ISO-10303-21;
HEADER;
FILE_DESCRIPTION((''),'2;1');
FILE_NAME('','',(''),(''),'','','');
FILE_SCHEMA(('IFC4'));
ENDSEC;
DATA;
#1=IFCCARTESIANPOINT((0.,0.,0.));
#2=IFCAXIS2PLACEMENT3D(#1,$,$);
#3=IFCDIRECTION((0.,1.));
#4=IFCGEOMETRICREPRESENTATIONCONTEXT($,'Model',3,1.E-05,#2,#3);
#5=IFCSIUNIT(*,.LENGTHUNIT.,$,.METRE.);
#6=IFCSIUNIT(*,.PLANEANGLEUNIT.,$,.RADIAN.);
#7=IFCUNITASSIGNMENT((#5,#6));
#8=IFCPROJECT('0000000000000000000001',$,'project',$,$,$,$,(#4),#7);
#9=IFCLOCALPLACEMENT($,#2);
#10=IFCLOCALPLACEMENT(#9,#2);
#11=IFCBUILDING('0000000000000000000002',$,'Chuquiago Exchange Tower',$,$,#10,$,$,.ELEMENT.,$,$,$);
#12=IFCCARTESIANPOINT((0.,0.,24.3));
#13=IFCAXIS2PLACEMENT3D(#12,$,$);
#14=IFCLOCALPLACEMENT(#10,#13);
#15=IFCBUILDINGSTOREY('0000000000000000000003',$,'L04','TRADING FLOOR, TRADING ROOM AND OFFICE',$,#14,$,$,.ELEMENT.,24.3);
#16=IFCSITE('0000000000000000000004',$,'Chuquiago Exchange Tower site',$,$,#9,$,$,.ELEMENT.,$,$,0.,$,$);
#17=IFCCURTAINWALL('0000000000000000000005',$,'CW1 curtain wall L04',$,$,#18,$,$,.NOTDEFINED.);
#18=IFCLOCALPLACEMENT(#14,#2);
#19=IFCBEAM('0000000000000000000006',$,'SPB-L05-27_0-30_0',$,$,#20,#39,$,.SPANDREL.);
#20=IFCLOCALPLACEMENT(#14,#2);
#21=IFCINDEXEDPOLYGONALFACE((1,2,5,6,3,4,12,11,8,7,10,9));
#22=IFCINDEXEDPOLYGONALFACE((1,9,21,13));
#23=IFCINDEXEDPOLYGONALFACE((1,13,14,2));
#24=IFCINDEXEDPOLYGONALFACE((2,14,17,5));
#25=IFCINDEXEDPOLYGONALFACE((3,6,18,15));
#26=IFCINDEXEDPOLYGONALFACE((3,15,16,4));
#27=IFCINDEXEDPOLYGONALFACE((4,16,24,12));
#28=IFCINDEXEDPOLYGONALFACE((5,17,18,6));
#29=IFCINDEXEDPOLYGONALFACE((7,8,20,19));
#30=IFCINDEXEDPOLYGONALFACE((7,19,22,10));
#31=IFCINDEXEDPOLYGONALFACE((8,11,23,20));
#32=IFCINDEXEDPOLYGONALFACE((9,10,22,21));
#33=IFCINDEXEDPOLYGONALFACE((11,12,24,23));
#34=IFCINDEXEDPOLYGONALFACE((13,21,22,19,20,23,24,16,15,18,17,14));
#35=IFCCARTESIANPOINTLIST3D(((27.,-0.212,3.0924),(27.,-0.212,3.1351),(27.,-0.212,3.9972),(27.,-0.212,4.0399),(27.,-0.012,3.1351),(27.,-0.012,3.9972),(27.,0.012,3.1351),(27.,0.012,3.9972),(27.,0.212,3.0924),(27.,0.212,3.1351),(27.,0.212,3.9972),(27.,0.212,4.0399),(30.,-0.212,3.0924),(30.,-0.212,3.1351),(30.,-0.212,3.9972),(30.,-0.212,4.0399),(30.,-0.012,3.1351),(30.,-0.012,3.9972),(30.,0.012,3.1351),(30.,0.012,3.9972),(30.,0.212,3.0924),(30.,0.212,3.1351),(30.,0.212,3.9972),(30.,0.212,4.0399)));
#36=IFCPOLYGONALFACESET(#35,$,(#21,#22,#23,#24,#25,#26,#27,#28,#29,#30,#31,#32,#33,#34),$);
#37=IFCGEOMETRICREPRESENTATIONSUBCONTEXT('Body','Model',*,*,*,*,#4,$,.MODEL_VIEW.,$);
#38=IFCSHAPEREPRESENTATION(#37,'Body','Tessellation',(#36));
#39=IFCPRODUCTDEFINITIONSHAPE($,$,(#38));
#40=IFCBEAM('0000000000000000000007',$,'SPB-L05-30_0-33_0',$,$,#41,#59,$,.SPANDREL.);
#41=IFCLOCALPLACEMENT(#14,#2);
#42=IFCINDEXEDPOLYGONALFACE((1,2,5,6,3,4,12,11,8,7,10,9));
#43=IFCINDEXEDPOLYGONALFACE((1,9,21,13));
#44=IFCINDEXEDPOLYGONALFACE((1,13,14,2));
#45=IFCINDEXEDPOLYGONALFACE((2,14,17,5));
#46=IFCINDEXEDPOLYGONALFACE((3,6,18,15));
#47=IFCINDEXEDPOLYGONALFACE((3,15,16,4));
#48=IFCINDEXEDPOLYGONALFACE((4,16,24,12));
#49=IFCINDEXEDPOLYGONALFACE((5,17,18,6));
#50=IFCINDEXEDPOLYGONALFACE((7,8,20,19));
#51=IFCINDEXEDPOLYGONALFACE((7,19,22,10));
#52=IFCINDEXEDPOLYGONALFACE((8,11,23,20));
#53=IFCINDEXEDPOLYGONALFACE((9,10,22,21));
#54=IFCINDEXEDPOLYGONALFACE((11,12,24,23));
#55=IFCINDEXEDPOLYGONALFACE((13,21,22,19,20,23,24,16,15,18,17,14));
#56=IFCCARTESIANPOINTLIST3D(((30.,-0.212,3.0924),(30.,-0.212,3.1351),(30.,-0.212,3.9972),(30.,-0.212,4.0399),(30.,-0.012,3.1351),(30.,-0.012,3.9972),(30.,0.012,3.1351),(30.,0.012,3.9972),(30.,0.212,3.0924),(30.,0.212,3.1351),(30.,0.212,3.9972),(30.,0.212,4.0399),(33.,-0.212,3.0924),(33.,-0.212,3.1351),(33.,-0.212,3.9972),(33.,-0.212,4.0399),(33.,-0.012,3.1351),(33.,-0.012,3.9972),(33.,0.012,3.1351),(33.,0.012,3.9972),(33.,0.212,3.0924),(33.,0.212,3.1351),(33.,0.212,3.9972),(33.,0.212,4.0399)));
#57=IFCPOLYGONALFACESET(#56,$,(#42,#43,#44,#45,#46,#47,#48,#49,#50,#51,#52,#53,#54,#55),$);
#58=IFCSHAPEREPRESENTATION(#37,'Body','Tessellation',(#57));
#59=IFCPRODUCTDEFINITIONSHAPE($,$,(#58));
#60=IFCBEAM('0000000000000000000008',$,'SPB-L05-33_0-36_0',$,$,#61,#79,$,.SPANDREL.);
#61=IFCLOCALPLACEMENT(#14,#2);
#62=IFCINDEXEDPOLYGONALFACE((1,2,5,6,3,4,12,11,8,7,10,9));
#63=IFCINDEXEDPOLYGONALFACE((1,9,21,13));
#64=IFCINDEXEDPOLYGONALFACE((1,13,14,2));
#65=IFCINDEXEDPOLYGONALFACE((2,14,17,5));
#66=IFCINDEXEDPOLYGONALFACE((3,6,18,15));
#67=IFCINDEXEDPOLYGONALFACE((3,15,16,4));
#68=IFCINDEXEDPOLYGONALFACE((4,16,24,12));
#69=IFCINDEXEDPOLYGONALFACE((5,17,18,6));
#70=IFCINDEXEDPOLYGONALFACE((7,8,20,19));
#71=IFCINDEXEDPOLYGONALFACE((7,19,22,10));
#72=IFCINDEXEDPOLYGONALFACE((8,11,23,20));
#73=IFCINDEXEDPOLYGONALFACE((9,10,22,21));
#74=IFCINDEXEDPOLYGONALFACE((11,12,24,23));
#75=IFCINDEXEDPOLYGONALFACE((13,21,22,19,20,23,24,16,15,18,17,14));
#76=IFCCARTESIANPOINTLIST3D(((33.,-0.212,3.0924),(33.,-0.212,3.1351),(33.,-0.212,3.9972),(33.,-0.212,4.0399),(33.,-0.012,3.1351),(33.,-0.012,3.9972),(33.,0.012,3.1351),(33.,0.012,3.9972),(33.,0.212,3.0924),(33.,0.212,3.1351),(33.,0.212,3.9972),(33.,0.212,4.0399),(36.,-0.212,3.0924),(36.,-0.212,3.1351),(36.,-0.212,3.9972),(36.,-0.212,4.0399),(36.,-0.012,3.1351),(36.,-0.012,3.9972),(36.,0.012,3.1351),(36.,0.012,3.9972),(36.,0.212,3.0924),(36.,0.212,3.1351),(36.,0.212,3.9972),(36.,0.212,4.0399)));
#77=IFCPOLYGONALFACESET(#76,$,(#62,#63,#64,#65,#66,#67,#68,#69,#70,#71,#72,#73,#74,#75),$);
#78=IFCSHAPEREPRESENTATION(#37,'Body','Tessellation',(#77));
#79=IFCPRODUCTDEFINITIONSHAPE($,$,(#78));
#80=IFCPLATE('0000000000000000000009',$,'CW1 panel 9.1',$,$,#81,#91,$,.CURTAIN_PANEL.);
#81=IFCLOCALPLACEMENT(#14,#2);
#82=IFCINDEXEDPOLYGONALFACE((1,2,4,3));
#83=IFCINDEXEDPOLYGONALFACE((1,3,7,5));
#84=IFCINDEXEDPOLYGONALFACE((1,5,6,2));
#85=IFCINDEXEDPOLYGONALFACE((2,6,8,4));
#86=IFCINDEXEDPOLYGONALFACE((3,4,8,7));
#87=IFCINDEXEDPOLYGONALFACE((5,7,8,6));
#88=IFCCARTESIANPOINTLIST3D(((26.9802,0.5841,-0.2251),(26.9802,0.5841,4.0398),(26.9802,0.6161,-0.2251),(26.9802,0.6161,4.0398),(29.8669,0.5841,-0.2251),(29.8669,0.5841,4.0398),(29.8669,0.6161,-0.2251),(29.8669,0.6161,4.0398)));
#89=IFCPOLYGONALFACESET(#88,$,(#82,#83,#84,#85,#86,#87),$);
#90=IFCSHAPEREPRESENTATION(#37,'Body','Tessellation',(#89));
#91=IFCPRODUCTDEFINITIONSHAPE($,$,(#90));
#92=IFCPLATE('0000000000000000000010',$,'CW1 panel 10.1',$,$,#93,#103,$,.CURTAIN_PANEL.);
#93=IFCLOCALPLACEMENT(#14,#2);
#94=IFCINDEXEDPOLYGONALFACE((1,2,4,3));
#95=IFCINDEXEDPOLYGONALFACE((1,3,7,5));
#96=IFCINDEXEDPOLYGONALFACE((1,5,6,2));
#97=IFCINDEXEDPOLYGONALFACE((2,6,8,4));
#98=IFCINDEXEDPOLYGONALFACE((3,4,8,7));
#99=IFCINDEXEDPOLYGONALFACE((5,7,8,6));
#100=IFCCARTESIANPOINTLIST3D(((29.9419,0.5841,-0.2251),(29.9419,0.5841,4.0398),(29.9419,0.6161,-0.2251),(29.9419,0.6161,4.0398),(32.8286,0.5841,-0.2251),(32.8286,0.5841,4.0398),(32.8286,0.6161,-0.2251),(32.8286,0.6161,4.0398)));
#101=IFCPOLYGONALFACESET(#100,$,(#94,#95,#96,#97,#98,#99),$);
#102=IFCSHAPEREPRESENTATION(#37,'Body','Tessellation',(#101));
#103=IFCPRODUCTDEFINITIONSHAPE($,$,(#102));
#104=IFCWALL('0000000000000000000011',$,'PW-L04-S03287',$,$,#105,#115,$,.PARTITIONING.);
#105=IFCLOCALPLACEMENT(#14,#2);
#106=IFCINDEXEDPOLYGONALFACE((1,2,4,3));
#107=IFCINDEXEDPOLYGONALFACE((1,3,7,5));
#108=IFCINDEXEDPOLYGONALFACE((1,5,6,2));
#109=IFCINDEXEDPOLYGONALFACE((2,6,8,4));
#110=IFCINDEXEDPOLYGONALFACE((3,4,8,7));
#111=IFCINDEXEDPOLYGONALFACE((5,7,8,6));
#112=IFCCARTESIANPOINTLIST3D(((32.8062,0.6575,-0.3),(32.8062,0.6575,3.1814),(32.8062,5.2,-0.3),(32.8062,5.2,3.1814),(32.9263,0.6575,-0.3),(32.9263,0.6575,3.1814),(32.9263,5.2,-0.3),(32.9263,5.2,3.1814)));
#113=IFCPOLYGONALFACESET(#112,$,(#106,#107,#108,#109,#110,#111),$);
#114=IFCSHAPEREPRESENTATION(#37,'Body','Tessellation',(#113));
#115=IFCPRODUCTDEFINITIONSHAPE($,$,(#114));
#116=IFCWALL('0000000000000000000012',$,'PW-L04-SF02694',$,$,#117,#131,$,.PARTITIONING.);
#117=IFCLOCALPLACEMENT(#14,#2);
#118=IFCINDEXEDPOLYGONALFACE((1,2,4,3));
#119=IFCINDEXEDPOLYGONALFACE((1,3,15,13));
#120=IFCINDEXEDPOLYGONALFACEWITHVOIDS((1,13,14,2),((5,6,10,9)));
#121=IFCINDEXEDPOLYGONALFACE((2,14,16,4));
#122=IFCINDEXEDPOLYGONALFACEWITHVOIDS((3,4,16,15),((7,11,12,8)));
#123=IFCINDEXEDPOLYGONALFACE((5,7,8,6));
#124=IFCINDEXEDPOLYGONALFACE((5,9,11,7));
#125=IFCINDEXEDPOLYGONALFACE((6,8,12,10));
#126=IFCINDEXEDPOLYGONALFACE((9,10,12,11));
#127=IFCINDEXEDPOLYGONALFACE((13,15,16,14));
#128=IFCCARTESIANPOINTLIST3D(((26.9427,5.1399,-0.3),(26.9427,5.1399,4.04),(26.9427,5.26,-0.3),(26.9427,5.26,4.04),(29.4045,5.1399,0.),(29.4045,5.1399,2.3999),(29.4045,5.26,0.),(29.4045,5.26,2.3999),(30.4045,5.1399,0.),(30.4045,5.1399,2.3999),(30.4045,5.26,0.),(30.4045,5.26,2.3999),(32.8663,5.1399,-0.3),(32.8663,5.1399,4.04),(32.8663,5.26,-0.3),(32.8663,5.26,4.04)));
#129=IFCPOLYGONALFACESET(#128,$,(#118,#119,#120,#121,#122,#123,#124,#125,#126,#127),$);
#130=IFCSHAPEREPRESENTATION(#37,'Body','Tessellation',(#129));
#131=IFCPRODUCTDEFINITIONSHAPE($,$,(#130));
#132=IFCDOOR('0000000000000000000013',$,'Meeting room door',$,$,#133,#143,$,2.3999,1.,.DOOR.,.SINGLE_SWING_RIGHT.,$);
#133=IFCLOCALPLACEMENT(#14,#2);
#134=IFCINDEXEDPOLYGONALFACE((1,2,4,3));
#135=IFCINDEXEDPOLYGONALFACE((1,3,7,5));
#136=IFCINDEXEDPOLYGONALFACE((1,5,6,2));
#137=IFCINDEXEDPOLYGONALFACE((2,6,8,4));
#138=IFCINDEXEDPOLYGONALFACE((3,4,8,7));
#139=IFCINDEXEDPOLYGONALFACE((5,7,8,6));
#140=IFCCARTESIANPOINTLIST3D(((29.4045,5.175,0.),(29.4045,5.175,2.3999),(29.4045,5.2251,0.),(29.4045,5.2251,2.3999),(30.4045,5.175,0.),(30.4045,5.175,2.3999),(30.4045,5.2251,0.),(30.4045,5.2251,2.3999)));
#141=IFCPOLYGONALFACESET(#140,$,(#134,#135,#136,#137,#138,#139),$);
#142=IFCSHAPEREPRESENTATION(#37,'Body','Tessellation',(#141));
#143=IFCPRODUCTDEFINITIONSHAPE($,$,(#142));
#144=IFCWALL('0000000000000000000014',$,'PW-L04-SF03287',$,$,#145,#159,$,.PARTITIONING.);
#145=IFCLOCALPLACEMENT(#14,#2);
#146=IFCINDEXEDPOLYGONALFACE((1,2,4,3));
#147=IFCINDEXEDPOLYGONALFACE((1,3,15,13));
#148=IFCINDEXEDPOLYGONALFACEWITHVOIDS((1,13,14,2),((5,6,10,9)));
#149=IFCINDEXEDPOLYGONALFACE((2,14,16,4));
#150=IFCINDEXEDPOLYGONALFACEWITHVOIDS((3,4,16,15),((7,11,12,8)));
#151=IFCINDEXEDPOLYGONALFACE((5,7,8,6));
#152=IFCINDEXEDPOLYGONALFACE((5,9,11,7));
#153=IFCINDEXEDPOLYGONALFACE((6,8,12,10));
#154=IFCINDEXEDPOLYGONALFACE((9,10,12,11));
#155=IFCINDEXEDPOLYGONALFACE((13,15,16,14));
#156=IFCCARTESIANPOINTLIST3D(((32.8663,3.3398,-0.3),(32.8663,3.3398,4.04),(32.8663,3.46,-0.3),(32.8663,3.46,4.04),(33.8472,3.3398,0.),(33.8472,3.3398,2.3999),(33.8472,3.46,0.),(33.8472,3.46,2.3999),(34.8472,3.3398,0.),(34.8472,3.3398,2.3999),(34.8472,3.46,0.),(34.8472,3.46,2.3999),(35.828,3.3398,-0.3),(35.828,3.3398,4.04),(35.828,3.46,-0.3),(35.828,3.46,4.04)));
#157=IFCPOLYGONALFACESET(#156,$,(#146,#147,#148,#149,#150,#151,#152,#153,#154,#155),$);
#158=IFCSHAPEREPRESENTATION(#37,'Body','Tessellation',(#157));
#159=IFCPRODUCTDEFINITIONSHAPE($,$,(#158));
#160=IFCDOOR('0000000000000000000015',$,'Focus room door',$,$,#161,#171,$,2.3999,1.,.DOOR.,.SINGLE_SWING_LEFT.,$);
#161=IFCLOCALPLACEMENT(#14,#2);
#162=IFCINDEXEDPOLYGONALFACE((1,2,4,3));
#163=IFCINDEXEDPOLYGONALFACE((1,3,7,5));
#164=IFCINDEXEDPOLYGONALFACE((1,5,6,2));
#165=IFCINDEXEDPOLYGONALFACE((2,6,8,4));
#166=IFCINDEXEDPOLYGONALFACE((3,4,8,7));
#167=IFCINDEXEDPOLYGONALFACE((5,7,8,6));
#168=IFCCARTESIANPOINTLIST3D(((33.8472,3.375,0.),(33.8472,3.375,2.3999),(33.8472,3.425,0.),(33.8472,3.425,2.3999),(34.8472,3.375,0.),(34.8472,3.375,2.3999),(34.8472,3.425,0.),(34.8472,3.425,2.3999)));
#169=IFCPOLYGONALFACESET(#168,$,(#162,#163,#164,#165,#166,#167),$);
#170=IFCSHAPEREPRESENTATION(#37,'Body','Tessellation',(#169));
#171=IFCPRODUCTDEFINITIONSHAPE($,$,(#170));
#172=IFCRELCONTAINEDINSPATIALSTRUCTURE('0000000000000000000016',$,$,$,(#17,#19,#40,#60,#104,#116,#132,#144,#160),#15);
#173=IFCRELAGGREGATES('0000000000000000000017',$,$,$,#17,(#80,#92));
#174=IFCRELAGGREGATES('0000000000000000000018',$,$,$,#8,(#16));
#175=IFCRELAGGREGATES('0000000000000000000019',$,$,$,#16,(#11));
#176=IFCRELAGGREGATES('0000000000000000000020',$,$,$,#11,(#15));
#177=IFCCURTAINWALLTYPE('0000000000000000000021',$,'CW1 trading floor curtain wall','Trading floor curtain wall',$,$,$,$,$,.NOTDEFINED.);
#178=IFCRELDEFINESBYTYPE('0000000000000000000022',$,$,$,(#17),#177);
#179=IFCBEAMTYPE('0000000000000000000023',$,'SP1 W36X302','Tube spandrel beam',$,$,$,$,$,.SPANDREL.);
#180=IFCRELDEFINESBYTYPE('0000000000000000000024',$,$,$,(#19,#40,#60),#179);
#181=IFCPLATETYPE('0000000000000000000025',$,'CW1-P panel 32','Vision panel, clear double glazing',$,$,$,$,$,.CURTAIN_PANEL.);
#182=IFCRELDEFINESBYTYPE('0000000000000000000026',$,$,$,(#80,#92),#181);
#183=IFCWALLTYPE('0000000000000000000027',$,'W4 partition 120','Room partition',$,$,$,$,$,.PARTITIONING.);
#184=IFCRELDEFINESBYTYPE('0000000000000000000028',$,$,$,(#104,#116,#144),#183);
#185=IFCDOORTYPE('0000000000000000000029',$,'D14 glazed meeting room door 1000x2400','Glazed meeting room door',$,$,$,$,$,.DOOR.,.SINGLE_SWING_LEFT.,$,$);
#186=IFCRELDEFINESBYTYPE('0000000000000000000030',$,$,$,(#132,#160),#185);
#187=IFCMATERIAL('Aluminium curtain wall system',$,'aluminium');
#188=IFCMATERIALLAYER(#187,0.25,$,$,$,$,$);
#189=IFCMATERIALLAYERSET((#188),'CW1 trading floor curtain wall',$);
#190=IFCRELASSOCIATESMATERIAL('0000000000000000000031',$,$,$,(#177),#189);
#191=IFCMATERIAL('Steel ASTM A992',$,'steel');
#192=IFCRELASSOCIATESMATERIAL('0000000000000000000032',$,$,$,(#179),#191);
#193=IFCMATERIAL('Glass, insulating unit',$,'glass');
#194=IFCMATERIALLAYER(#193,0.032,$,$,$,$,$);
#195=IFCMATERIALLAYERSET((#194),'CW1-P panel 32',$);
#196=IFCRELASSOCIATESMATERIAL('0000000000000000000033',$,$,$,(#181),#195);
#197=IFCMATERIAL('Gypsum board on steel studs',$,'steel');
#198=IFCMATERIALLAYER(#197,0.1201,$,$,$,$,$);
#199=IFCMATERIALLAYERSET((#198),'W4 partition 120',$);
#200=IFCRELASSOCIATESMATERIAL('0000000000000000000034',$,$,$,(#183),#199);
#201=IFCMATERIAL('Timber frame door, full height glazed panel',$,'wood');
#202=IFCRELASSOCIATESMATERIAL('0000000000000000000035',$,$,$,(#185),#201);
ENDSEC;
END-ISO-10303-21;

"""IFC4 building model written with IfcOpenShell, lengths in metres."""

from ifc_helpers import new_model, si_unit, direction, frame, frame_2d, origin, origin_2d, place, context, subcontext, project, spatial, rectangle, i_section, extrude, material, layer, layer_set, material_profile, profile_set, type_object, element, fill, aggregate, save


model = new_model("IFC4")

# Units and contexts
model_context = context("Model", 3, precision=1e-05, world=origin(), true_north=direction((0.0, 1.0)))
body_context = subcontext(model_context, "Body", "Model", "MODEL_VIEW")
ifc_project = project(units=[si_unit("LENGTHUNIT", "METRE"), si_unit("PLANEANGLEUNIT", "RADIAN")], contexts=[model_context])

# Site, building, storey
site_placement = place(None, origin())
site = spatial("IfcSite", under=ifc_project, at=site_placement, Name="Chuquiago Exchange Tower site", CompositionType="ELEMENT", RefElevation=0.0)
building_placement = place(site_placement, origin())
building = spatial("IfcBuilding", under=site, at=building_placement, Name="Chuquiago Exchange Tower", CompositionType="ELEMENT")
storey_placement = place(building_placement, frame((0.0, 0.0, 24.3)))
storey = spatial("IfcBuildingStorey", under=building, at=storey_placement, Name="L04", Description="TRADING FLOOR, TRADING ROOM AND OFFICE", CompositionType="ELEMENT", Elevation=24.3)

# Curtain wall
ifc_material_1 = material(Name="Aluminium curtain wall system", Category="aluminium")
ifc_layer_1 = layer(ifc_material_1, 0.25)
ifc_layer_set_1 = layer_set([ifc_layer_1], Name="CW1 trading floor curtain wall")
curtain_wall_type = type_object("IfcCurtainWallType", Name="CW1 trading floor curtain wall", Description="Trading floor curtain wall", PredefinedType="NOTDEFINED", material=ifc_layer_set_1)
curtain_wall_placement = place(storey_placement, origin())
curtain_wall = element("IfcCurtainWall", 1, at=curtain_wall_placement, inside=storey, type_object=curtain_wall_type, Name="CW1 curtain wall L04", PredefinedType="NOTDEFINED")

# Beams
ifc_material_2 = material(Name="Steel ASTM A992", Category="steel")
ifc_material_profile_1 = material_profile(ifc_material_2, i_section(OverallWidth=0.4241, OverallDepth=0.9475, WebThickness=0.0239, FlangeThickness=0.0427, at=origin_2d()), Name="W36X302")
ifc_profile_set_1 = profile_set([ifc_material_profile_1], Name="Steel ASTM A992")
beam_type_1 = type_object("IfcBeamType", Name="SP1 W36X302", Description="Tube spandrel beam", PredefinedType="SPANDREL", material=ifc_profile_set_1)
for number, where, z_axis, x_axis, name in (
    (2, (27.0, 0.0, 3.5662), (1.0, 0.0, 0.0), (0.0, 1.0, 0.0), "SPB-L05-27_0-30_0"),
    (3, (30.0, 0.0, 3.5662), (1.0, 0.0, 0.0), (0.0, 1.0, 0.0), "SPB-L05-30_0-33_0"),
    (4, (33.0, 0.0, 3.5662), (1.0, 0.0, 0.0), (0.0, 1.0, 0.0), "SPB-L05-33_0-36_0"),
):
    element("IfcBeam", number, at=place(storey_placement, frame(where, z_axis=z_axis, x_axis=x_axis)), inside=storey, type_object=beam_type_1, Name=name, PredefinedType="SPANDREL", context=body_context, shape_type="SweptSolid", body=[
        extrude(i_section(OverallWidth=0.4241, OverallDepth=0.9475, WebThickness=0.0239, FlangeThickness=0.0427, at=origin_2d()), origin(), (0.0, 0.0, 1.0), 3.0),
    ])

# Plates
ifc_material_3 = material(Name="Glass, insulating unit", Category="glass")
ifc_layer_2 = layer(ifc_material_3, 0.032)
ifc_layer_set_2 = layer_set([ifc_layer_2], Name="CW1-P panel 32")
plate_type = type_object("IfcPlateType", Name="CW1-P panel 32", Description="Vision panel, clear double glazing", PredefinedType="CURTAIN_PANEL", material=ifc_layer_set_2)
plate_1_placement = place(storey_placement, frame((28.4236, 0.6001, -0.2251), z_axis=(0.0, 0.0, 1.0), x_axis=(1.0, 0.0, 0.0)))
plate_1 = element("IfcPlate", 5, at=plate_1_placement, type_object=plate_type, Name="CW1 panel 9.1", PredefinedType="CURTAIN_PANEL", context=body_context, shape_type="SweptSolid", body=[
    extrude(rectangle(XDim=2.8867, YDim=0.032, at=origin_2d()), origin(), (0.0, 0.0, 1.0), 4.2649),
])
plate_2_placement = place(storey_placement, frame((31.3853, 0.6001, -0.2251), z_axis=(0.0, 0.0, 1.0), x_axis=(1.0, 0.0, 0.0)))
plate_2 = element("IfcPlate", 6, at=plate_2_placement, type_object=plate_type, Name="CW1 panel 10.1", PredefinedType="CURTAIN_PANEL", context=body_context, shape_type="SweptSolid", body=[
    extrude(rectangle(XDim=2.8867, YDim=0.032, at=origin_2d()), origin(), (0.0, 0.0, 1.0), 4.2649),
])
aggregate(curtain_wall, [plate_1, plate_2])

# Wall
ifc_material_4 = material(Name="Gypsum board on steel studs", Category="steel")
ifc_layer_3 = layer(ifc_material_4, 0.1201)
ifc_layer_set_3 = layer_set([ifc_layer_3], Name="W4 partition 120")
wall_type = type_object("IfcWallType", Name="W4 partition 120", Description="Room partition", PredefinedType="PARTITIONING", material=ifc_layer_set_3)
wall_1_placement = place(storey_placement, frame((32.8662, 0.6575, -0.3), z_axis=(0.0, 0.0, 1.0), x_axis=(0.0, 1.0, 0.0)))
element("IfcWall", 7, at=wall_1_placement, inside=storey, type_object=wall_type, Name="PW-L04-S03287", PredefinedType="PARTITIONING", context=body_context, shape_type="SweptSolid", body=[
    extrude(rectangle(XDim=4.5425, YDim=0.1201, at=frame_2d((2.2712, 0.0))), origin(), (0.0, 0.0, 1.0), 3.4814),
])

# Walls, openings, doors
wall_2_placement = place(storey_placement, frame((26.9426, 5.2, -0.3), z_axis=(0.0, 0.0, 1.0), x_axis=(1.0, 0.0, 0.0)))
wall_2 = element("IfcWall", 8, at=wall_2_placement, inside=storey, type_object=wall_type, Name="PW-L04-SF02694", PredefinedType="PARTITIONING", context=body_context, shape_type="SweptSolid", body=[
    extrude(rectangle(XDim=5.9236, YDim=0.1201, at=frame_2d((2.9619, 0.0))), origin(), (0.0, 0.0, 1.0), 4.3401),
])
opening_1_placement = place(wall_2_placement, frame((2.4619, 0.0, 0.3)))
opening_1 = element("IfcOpeningElement", 9, at=opening_1_placement, cuts=wall_2, PredefinedType="OPENING", context=body_context, shape_type="SweptSolid", body=[
    extrude(rectangle(XDim=1.0, YDim=2.3999, at=frame_2d((0.5, 1.2))), frame((0.0, 0.0701, 0.0), z_axis=(0.0, -1.0, 0.0), x_axis=(1.0, 0.0, 0.0)), (0.0, 0.0, 1.0), 0.1401),
])
ifc_material_5 = material(Name="Timber frame door, full height glazed panel", Category="wood")
door_type = type_object("IfcDoorType", Name="D14 glazed meeting room door 1000x2400", Description="Glazed meeting room door", OperationType="SINGLE_SWING_LEFT", PredefinedType="DOOR", material=ifc_material_5)
door_1_placement = place(opening_1_placement, frame((1.0, 0.0, 0.0), z_axis=(0.0, 0.0, 1.0), x_axis=(-1.0, 0.0, 0.0)))
door_1 = element("IfcDoor", 10, at=door_1_placement, inside=storey, type_object=door_type, Name="Meeting room door", OperationType="SINGLE_SWING_RIGHT", OverallHeight=2.3999, OverallWidth=1.0, PredefinedType="DOOR", context=body_context, shape_type="SweptSolid", body=[
    extrude(rectangle(XDim=1.0, YDim=2.3999, at=frame_2d((0.5, 1.2))), frame((0.0, 0.0249, 0.0), z_axis=(0.0, -1.0, 0.0), x_axis=(1.0, 0.0, 0.0)), (0.0, 0.0, 1.0), 0.05),
])
fill(opening_1, door_1)
wall_3_placement = place(storey_placement, frame((32.8662, 3.3999, -0.3), z_axis=(0.0, 0.0, 1.0), x_axis=(1.0, 0.0, 0.0)))
wall_3 = element("IfcWall", 11, at=wall_3_placement, inside=storey, type_object=wall_type, Name="PW-L04-SF03287", PredefinedType="PARTITIONING", context=body_context, shape_type="SweptSolid", body=[
    extrude(rectangle(XDim=2.9617, YDim=0.1201, at=frame_2d((1.481, 0.0))), origin(), (0.0, 0.0, 1.0), 4.3401),
])
opening_2_placement = place(wall_3_placement, frame((0.981, 0.0, 0.3)))
opening_2 = element("IfcOpeningElement", 12, at=opening_2_placement, cuts=wall_3, PredefinedType="OPENING", context=body_context, shape_type="SweptSolid", body=[
    extrude(rectangle(XDim=1.0, YDim=2.3999, at=frame_2d((0.5, 1.2))), frame((0.0, 0.0701, 0.0), z_axis=(0.0, -1.0, 0.0), x_axis=(1.0, 0.0, 0.0)), (0.0, 0.0, 1.0), 0.1401),
])
door_2_placement = place(opening_2_placement, frame((1.0, 0.0, 0.0), z_axis=(0.0, 0.0, 1.0), x_axis=(-1.0, 0.0, 0.0)))
door_2 = element("IfcDoor", 13, at=door_2_placement, inside=storey, type_object=door_type, Name="Focus room door", OperationType="SINGLE_SWING_LEFT", OverallHeight=2.3999, OverallWidth=1.0, PredefinedType="DOOR", context=body_context, shape_type="SweptSolid", body=[
    extrude(rectangle(XDim=1.0, YDim=2.3999, at=frame_2d((0.5, 1.2))), frame((0.0, 0.0249, 0.0), z_axis=(0.0, -1.0, 0.0), x_axis=(1.0, 0.0, 0.0)), (0.0, 0.0, 1.0), 0.05),
])
fill(opening_2, door_2)

save(model, "model.ifc")
